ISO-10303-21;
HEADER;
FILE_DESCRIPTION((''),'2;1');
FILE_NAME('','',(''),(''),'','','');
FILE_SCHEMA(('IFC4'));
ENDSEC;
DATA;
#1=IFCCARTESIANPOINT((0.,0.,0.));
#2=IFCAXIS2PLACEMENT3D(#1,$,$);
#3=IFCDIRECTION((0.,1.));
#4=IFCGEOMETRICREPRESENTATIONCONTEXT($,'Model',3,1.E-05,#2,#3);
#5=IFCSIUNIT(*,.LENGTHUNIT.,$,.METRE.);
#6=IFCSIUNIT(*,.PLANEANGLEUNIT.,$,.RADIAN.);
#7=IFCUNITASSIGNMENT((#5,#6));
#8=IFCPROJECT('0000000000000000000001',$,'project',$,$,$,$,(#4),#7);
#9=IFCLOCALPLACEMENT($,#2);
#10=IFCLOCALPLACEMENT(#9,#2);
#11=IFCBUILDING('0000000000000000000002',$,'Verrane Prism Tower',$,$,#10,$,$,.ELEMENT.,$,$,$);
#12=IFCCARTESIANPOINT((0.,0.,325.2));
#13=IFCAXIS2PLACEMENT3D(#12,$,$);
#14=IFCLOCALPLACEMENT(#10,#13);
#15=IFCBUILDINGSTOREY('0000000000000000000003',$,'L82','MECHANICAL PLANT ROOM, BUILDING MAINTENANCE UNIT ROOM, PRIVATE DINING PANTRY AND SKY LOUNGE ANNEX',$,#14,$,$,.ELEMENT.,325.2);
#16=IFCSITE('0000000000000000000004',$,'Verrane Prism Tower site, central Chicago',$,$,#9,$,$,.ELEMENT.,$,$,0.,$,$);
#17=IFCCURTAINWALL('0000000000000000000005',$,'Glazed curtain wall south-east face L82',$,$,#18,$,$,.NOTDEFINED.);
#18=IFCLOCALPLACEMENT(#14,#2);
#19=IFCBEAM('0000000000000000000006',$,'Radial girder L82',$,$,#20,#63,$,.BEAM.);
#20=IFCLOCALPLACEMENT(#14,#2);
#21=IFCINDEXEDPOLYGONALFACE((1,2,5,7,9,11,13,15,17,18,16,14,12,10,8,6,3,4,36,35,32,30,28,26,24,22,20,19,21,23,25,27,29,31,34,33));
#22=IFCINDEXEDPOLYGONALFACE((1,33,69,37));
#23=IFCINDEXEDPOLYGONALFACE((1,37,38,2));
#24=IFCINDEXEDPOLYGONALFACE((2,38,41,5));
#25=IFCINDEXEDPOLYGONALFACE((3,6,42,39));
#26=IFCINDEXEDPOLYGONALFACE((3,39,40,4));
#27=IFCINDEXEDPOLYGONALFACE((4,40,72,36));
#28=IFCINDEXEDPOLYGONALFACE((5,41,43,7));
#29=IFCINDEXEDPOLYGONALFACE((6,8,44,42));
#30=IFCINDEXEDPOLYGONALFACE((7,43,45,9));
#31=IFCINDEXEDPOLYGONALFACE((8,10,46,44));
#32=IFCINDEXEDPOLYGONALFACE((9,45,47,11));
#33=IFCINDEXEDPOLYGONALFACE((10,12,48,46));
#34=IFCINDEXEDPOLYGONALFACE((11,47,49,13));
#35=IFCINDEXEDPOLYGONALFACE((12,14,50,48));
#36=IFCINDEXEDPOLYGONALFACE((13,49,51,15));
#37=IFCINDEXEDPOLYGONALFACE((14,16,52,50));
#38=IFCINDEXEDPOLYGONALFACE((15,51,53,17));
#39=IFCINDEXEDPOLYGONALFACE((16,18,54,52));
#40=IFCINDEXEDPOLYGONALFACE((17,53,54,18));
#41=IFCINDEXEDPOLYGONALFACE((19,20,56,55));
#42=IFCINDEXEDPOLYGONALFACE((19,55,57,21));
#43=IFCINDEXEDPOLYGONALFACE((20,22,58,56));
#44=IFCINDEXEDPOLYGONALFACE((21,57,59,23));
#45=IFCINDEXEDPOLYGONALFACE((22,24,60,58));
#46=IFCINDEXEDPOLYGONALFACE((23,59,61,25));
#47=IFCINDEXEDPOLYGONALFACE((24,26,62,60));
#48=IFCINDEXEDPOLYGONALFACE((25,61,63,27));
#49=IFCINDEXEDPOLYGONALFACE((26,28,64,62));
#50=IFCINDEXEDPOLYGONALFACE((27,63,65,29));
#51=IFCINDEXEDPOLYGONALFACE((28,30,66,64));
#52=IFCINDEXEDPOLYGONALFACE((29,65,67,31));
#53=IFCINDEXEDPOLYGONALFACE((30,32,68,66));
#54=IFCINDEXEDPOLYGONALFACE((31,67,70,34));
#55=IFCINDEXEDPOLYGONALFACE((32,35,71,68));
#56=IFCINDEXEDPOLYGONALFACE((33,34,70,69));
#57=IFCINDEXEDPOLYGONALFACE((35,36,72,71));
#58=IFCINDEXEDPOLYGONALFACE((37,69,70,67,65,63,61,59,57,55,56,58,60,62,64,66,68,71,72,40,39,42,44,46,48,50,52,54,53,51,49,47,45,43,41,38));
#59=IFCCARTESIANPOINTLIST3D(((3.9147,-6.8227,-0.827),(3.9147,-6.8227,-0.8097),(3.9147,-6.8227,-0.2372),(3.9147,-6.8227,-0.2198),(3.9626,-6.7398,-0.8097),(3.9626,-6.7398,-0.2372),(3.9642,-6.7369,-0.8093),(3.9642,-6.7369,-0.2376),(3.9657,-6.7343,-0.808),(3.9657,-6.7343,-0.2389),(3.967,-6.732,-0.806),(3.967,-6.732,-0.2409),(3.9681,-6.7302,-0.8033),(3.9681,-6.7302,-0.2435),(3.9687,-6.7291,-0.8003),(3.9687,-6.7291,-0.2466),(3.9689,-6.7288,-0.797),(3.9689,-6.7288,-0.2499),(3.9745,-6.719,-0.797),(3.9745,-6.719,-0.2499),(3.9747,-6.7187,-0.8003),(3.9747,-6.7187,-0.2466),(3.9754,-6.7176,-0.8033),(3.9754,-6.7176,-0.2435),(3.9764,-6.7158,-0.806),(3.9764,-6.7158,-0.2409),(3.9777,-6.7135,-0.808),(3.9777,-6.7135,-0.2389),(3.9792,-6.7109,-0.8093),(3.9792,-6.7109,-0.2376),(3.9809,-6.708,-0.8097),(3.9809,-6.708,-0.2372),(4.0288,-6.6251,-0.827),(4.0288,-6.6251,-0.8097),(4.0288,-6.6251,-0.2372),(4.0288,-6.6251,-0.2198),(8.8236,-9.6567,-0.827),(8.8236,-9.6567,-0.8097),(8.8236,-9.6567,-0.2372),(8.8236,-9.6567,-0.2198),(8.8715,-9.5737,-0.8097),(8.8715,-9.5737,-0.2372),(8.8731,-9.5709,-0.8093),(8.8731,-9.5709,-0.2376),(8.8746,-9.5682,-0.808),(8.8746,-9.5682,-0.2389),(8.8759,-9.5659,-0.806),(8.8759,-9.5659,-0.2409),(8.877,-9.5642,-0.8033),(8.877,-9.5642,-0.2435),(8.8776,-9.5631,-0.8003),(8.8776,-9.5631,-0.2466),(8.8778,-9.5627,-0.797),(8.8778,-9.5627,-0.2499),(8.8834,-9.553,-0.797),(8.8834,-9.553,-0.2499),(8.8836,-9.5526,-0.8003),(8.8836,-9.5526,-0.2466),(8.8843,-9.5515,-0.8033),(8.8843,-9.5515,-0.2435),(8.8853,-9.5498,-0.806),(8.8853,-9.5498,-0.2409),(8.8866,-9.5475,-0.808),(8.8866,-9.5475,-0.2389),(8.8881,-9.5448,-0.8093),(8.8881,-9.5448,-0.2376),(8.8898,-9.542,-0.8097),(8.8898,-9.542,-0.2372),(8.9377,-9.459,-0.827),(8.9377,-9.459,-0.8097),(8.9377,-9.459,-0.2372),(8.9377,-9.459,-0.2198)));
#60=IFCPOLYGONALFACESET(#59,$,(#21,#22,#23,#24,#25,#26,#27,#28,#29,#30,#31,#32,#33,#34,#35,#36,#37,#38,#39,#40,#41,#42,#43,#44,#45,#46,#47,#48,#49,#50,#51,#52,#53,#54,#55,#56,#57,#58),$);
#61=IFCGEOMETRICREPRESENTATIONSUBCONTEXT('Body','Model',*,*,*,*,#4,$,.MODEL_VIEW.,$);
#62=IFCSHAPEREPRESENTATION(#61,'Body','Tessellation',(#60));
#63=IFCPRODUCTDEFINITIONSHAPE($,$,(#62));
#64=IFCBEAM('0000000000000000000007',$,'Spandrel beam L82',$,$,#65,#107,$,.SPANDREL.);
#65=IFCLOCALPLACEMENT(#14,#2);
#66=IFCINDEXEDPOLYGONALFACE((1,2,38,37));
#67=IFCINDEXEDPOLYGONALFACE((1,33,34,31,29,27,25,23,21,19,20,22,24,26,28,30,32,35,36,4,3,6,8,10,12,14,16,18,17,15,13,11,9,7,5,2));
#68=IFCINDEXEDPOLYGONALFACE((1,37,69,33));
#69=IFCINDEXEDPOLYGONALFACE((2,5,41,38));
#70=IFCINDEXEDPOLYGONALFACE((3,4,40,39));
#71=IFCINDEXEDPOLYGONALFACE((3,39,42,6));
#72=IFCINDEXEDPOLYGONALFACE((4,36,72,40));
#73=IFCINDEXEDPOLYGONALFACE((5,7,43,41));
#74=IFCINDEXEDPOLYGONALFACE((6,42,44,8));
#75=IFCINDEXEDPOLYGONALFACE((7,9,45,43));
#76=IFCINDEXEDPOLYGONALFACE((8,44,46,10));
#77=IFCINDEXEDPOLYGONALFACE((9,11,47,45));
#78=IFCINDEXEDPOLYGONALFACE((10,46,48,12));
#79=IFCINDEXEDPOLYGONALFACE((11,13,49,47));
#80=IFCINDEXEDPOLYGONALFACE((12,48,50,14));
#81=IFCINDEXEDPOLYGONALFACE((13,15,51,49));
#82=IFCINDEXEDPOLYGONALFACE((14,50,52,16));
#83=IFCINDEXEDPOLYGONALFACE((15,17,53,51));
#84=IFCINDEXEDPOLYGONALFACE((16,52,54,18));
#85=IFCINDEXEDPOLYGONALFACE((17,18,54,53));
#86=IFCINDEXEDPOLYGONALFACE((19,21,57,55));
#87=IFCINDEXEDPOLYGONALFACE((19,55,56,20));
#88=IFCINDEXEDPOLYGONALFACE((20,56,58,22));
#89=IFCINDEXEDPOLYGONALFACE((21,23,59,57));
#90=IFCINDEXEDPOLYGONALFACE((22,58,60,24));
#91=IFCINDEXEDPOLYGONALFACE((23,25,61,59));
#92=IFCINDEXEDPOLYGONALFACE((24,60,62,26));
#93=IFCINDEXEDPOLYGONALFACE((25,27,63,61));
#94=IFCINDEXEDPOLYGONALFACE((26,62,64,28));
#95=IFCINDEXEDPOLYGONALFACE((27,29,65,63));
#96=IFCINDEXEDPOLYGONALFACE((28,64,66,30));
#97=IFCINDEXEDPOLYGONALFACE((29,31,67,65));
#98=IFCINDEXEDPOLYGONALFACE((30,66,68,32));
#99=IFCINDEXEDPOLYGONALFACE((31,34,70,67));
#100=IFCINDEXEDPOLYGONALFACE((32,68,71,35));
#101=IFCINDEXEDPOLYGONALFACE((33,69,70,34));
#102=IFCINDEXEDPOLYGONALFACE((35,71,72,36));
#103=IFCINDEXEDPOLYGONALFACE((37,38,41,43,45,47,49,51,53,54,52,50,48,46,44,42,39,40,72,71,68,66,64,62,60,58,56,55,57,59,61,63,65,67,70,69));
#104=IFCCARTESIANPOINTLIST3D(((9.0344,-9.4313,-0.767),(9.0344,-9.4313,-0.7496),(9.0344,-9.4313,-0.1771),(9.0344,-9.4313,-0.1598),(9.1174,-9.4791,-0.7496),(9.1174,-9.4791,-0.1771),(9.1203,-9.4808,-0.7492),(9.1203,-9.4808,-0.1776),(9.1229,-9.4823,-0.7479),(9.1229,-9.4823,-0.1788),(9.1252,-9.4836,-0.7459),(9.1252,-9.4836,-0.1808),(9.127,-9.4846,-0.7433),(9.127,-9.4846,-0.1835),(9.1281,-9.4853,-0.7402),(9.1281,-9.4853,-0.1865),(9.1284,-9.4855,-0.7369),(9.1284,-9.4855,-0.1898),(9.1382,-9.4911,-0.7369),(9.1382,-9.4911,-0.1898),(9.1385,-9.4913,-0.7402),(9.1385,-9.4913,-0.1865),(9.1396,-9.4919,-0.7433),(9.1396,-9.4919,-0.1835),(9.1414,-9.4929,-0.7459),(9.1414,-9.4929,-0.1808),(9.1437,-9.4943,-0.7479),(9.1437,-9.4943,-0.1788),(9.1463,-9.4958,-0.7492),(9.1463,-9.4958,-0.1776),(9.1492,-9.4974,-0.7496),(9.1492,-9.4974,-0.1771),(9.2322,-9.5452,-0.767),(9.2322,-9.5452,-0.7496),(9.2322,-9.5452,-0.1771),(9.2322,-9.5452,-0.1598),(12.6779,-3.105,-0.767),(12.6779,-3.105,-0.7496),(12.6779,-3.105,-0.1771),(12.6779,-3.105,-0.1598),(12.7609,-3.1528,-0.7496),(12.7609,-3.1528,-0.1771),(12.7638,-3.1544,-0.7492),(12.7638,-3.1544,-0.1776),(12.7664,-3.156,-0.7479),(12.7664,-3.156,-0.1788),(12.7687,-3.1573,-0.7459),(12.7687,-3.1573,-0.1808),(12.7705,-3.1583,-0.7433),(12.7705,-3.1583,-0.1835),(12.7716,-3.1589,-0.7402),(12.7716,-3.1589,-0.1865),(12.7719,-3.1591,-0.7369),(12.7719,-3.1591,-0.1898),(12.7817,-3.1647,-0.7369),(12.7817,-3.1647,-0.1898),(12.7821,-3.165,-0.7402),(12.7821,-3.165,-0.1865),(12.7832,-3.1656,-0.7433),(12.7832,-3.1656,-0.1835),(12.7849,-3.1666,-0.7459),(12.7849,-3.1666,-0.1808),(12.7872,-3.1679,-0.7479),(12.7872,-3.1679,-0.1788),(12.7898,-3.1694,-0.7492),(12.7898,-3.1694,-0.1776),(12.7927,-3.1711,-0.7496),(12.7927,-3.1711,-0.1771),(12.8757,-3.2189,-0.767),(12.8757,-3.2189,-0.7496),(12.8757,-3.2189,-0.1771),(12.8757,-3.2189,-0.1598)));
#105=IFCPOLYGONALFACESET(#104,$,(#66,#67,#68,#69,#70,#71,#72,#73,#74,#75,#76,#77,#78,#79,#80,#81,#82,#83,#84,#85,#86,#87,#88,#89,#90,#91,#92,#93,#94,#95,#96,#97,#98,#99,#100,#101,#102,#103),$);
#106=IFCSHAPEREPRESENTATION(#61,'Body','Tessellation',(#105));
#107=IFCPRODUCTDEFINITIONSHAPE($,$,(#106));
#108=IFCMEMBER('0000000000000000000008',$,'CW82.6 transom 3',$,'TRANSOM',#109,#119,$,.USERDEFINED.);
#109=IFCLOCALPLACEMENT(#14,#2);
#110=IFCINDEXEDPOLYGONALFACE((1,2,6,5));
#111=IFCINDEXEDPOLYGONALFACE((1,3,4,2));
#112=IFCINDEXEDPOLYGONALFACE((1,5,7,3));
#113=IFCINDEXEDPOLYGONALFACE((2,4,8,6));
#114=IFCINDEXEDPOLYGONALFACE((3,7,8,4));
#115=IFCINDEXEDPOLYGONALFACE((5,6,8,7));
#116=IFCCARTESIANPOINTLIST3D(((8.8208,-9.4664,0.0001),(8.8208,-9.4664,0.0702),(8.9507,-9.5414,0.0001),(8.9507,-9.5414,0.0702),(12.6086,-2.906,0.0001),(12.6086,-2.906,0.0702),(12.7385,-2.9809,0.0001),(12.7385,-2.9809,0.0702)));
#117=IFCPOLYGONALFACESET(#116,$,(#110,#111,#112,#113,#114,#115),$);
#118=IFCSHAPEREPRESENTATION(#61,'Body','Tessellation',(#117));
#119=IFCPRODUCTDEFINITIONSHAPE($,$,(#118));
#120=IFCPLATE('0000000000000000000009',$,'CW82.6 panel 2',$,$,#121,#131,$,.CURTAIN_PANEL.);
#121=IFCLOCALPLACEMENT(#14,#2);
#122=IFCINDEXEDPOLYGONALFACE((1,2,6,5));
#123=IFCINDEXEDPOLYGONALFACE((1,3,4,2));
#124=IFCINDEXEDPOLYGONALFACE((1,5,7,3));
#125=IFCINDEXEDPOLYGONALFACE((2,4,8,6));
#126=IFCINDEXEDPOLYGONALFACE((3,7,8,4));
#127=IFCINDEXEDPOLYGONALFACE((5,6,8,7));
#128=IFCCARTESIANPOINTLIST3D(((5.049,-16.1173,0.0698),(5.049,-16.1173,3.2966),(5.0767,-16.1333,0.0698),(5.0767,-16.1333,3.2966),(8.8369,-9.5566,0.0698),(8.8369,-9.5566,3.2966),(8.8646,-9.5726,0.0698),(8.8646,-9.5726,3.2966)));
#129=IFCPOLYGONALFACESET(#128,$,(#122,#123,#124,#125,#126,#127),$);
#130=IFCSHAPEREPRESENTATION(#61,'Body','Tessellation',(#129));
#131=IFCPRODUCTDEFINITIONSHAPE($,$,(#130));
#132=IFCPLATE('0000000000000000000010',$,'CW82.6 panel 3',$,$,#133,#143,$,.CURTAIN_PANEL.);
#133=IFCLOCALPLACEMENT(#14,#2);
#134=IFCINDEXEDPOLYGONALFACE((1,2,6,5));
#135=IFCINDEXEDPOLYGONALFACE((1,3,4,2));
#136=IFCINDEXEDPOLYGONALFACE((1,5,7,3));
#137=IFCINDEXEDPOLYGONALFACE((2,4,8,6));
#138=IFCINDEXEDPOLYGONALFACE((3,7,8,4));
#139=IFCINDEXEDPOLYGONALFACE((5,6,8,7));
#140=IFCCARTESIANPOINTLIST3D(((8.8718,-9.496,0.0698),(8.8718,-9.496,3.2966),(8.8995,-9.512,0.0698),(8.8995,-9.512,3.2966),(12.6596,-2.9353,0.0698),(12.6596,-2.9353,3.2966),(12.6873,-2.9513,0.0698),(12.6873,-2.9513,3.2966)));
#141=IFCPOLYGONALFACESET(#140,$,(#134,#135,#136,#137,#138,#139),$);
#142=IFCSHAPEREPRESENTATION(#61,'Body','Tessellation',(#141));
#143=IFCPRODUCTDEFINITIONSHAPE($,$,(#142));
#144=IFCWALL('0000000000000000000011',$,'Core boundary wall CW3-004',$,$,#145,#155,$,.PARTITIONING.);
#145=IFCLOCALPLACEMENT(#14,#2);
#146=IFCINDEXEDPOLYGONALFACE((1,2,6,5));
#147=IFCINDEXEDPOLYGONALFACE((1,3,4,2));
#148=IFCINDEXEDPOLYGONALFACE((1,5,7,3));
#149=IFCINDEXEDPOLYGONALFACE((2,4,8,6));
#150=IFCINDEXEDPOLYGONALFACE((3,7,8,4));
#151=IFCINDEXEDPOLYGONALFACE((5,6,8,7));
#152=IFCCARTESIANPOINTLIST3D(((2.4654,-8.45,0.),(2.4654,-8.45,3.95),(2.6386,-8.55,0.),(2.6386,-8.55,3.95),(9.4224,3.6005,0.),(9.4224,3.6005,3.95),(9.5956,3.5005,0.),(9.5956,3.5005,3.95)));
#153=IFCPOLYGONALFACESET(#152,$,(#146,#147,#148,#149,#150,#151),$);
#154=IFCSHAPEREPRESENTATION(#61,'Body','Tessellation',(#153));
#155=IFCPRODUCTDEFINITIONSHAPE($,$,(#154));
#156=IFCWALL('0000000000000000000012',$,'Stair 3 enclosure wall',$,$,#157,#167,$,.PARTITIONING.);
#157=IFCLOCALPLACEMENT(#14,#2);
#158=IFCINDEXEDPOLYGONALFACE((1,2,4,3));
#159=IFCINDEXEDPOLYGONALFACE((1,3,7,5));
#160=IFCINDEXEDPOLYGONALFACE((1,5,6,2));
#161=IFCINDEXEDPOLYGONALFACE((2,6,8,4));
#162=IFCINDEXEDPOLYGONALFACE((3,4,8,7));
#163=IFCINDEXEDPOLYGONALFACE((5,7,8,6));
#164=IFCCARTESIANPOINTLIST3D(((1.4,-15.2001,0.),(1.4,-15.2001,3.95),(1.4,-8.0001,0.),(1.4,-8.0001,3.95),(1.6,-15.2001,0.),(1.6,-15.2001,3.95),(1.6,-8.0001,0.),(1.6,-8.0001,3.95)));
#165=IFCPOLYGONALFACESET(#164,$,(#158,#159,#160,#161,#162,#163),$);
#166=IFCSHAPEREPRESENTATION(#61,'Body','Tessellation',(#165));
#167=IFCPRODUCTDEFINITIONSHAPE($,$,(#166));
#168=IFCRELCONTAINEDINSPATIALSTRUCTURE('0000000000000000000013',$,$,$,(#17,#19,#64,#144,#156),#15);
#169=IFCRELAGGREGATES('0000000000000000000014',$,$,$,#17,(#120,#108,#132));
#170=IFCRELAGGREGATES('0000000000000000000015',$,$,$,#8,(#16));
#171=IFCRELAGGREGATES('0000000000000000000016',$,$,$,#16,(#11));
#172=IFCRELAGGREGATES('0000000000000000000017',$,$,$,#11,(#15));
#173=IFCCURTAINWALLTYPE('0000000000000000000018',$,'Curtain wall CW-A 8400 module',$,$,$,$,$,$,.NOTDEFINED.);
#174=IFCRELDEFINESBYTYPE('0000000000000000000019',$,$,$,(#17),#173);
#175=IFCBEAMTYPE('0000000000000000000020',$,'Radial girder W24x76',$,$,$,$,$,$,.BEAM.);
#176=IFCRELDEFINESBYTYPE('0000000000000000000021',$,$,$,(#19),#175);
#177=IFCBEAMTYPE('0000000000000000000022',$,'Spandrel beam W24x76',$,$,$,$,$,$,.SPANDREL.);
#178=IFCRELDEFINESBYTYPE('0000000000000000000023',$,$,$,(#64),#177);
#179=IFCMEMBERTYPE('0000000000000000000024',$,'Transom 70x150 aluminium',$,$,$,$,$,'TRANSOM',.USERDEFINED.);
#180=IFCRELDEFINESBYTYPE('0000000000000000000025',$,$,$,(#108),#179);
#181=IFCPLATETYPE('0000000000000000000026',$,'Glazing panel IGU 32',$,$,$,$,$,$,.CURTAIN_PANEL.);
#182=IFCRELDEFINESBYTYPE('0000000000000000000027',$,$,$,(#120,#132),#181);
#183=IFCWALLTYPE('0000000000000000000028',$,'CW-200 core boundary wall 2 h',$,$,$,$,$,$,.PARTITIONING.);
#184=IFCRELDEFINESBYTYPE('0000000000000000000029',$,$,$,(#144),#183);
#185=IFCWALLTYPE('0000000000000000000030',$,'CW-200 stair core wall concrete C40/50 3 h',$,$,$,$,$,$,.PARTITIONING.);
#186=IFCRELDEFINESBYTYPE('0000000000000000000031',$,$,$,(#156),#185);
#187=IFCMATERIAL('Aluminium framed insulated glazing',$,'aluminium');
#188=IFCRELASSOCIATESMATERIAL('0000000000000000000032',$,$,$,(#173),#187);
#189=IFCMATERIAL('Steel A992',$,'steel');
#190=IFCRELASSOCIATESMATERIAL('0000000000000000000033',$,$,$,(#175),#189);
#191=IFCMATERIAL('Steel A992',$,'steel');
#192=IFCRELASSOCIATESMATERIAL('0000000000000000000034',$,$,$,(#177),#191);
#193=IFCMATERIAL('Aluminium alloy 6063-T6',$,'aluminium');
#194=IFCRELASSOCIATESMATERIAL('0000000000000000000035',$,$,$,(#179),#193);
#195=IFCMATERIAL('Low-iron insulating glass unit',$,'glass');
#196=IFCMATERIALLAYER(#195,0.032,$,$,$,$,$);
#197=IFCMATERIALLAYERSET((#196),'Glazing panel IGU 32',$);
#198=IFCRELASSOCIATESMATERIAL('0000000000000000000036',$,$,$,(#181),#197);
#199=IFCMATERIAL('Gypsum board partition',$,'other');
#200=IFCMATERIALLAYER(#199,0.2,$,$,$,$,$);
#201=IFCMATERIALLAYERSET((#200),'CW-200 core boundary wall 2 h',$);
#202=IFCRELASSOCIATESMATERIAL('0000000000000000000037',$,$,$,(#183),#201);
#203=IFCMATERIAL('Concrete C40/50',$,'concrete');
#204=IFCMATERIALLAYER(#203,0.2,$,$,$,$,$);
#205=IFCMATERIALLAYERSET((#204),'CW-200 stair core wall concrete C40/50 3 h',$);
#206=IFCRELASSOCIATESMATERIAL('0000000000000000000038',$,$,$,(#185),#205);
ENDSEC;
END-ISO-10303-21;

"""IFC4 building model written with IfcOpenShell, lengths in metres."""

from ifc_helpers import new_model, si_unit, direction, frame, frame_2d, origin, origin_2d, place, context, subcontext, project, spatial, rectangle, i_section, extrude, material, layer, layer_set, material_profile, profile_set, type_object, element, aggregate, save


model = new_model("IFC4")

# Units and contexts
model_context = context("Model", 3, precision=1e-05, world=origin(), true_north=direction((0.0, 1.0)))
body_context = subcontext(model_context, "Body", "Model", "MODEL_VIEW")
ifc_project = project(units=[si_unit("LENGTHUNIT", "METRE"), si_unit("PLANEANGLEUNIT", "RADIAN")], contexts=[model_context])

# Site, building, storey
site_placement = place(None, origin())
site = spatial("IfcSite", under=ifc_project, at=site_placement, Name="Verrane Prism Tower site, central Chicago", CompositionType="ELEMENT", RefElevation=0.0)
building_placement = place(site_placement, origin())
building = spatial("IfcBuilding", under=site, at=building_placement, Name="Verrane Prism Tower", CompositionType="ELEMENT")
storey_placement = place(building_placement, frame((0.0, 0.0, 325.2)))
storey = spatial("IfcBuildingStorey", under=building, at=storey_placement, Name="L82", Description="MECHANICAL PLANT ROOM, BUILDING MAINTENANCE UNIT ROOM, PRIVATE DINING PANTRY AND SKY LOUNGE ANNEX", CompositionType="ELEMENT", Elevation=325.2)

# Curtain wall
ifc_material_1 = material(Name="Aluminium framed insulated glazing", Category="aluminium")
curtain_wall_type = type_object("IfcCurtainWallType", Name="Curtain wall CW-A 8400 module", PredefinedType="NOTDEFINED", material=ifc_material_1)
curtain_wall_placement = place(storey_placement, origin())
curtain_wall = element("IfcCurtainWall", 1, at=curtain_wall_placement, inside=storey, type_object=curtain_wall_type, Name="Glazed curtain wall south-east face L82", PredefinedType="NOTDEFINED")

# Beams
ifc_material_2 = material(Name="Steel A992", Category="steel")
ifc_material_profile_1 = material_profile(ifc_material_2, i_section(OverallWidth=0.2283, OverallDepth=0.6072, WebThickness=0.0112, FlangeThickness=0.0173, FilletRadius=0.0127, at=origin_2d()), Name="W24x76")
ifc_profile_set_1 = profile_set([ifc_material_profile_1], Name="Steel A992")
beam_type_1 = type_object("IfcBeamType", Name="Radial girder W24x76", PredefinedType="BEAM", material=ifc_profile_set_1)
beam_1_placement = place(storey_placement, frame((8.8806, -9.5579, -0.5234), z_axis=(-0.86604, 0.499975, 0.0), x_axis=(-0.499975, -0.86604, 0.0)))
element("IfcBeam", 2, at=beam_1_placement, inside=storey, type_object=beam_type_1, Name="Radial girder L82", PredefinedType="BEAM", context=body_context, shape_type="SweptSolid", body=[
    extrude(i_section(OverallWidth=0.2283, OverallDepth=0.6072, WebThickness=0.0112, FlangeThickness=0.0173, FilletRadius=0.0127, at=origin_2d()), origin(), (0.0, 0.0, 1.0), 5.6682),
])
ifc_material_3 = material(Name="Steel A992", Category="steel")
ifc_material_profile_2 = material_profile(ifc_material_3, i_section(OverallWidth=0.2283, OverallDepth=0.6072, WebThickness=0.0112, FlangeThickness=0.0173, FilletRadius=0.0127, at=origin_2d()), Name="W24x76")
ifc_profile_set_2 = profile_set([ifc_material_profile_2], Name="Steel A992")
beam_type_2 = type_object("IfcBeamType", Name="Spandrel beam W24x76", PredefinedType="SPANDREL", material=ifc_profile_set_2)
beam_2_placement = place(storey_placement, frame((9.1333, -9.4883, -0.4634), z_axis=(0.499075, 0.866559, 0.0), x_axis=(-0.866559, 0.499075, 0.0)))
element("IfcBeam", 3, at=beam_2_placement, inside=storey, type_object=beam_type_2, Name="Spandrel beam L82", PredefinedType="SPANDREL", context=body_context, shape_type="SweptSolid", body=[
    extrude(i_section(OverallWidth=0.2283, OverallDepth=0.6072, WebThickness=0.0112, FlangeThickness=0.0173, FilletRadius=0.0127, at=origin_2d()), origin(), (0.0, 0.0, 1.0), 7.3005),
])

# Member
ifc_material_4 = material(Name="Aluminium alloy 6063-T6", Category="aluminium")
ifc_material_profile_3 = material_profile(ifc_material_4, rectangle(XDim=0.1499, YDim=0.0701, at=origin_2d()), Name="Transom 70x150 aluminium")
ifc_profile_set_3 = profile_set([ifc_material_profile_3], Name="Aluminium alloy 6063-T6")
member_type_1 = type_object("IfcMemberType", Name="Transom 70x150 aluminium", ElementType="TRANSOM", PredefinedType="USERDEFINED", material=ifc_profile_set_3)
member_1_placement = place(storey_placement, frame((8.8857, -9.5039, 0.0352), z_axis=(0.500011, 0.866019, 0.0), x_axis=(-0.866019, 0.500011, 0.0)))
member_1 = element("IfcMember", 4, at=member_1_placement, type_object=member_type_1, Name="CW82.6 transom 3", ObjectType="TRANSOM", PredefinedType="USERDEFINED", context=body_context, shape_type="SweptSolid", body=[
    extrude(rectangle(XDim=0.1499, YDim=0.0701, at=origin_2d()), origin(), (0.0, 0.0, 1.0), 7.5754),
])

# Plates
ifc_material_5 = material(Name="Low-iron insulating glass unit", Category="glass")
ifc_layer_1 = layer(ifc_material_5, 0.032)
ifc_layer_set_1 = layer_set([ifc_layer_1], Name="Glazing panel IGU 32")
plate_type = type_object("IfcPlateType", Name="Glazing panel IGU 32", PredefinedType="CURTAIN_PANEL", material=ifc_layer_set_1)
plate_1_placement = place(storey_placement, frame((6.9568, -12.845, 0.0698), z_axis=(0.0, 0.0, 1.0), x_axis=(0.5, 0.866025, 0.0)))
plate_1 = element("IfcPlate", 5, at=plate_1_placement, type_object=plate_type, Name="CW82.6 panel 2", PredefinedType="CURTAIN_PANEL", context=body_context, shape_type="SweptSolid", body=[
    extrude(rectangle(XDim=7.5757, YDim=0.032, at=origin_2d()), origin(), (0.0, 0.0, 1.0), 3.2268),
])
plate_2_placement = place(storey_placement, frame((10.7795, -6.2236, 0.0698), z_axis=(0.0, 0.0, 1.0), x_axis=(0.5, 0.866025, 0.0)))
plate_2 = element("IfcPlate", 6, at=plate_2_placement, type_object=plate_type, Name="CW82.6 panel 3", PredefinedType="CURTAIN_PANEL", context=body_context, shape_type="SweptSolid", body=[
    extrude(rectangle(XDim=7.5757, YDim=0.032, at=origin_2d()), origin(), (0.0, 0.0, 1.0), 3.2268),
])
aggregate(curtain_wall, [plate_1, member_1, plate_2])

# Walls
ifc_material_6 = material(Name="Gypsum board partition", Category="other")
ifc_layer_2 = layer(ifc_material_6, 0.2)
ifc_layer_set_2 = layer_set([ifc_layer_2], Name="CW-200 core boundary wall 2 h")
wall_type_1 = type_object("IfcWallType", Name="CW-200 core boundary wall 2 h", PredefinedType="PARTITIONING", material=ifc_layer_set_2)
wall_1_placement = place(storey_placement, frame((2.552, -8.5, 0.0), z_axis=(0.0, 0.0, 1.0), x_axis=(0.499981, 0.866036, 0.0)))
element("IfcWall", 7, at=wall_1_placement, inside=storey, type_object=wall_type_1, Name="Core boundary wall CW3-004", PredefinedType="PARTITIONING", context=body_context, shape_type="SweptSolid", body=[
    extrude(rectangle(XDim=13.9146, YDim=0.2, at=frame_2d((6.9573, 0.0))), origin(), (0.0, 0.0, 1.0), 3.95),
])
ifc_material_7 = material(Name="Concrete C40/50", Category="concrete")
ifc_layer_3 = layer(ifc_material_7, 0.2)
ifc_layer_set_3 = layer_set([ifc_layer_3], Name="CW-200 stair core wall concrete C40/50 3 h")
wall_type_2 = type_object("IfcWallType", Name="CW-200 stair core wall concrete C40/50 3 h", PredefinedType="PARTITIONING", material=ifc_layer_set_3)
wall_2_placement = place(storey_placement, frame((1.5, -8.0, 0.0), z_axis=(0.0, 0.0, 1.0), x_axis=(0.0, -1.0, 0.0)))
element("IfcWall", 8, at=wall_2_placement, inside=storey, type_object=wall_type_2, Name="Stair 3 enclosure wall", PredefinedType="PARTITIONING", context=body_context, shape_type="SweptSolid", body=[
    extrude(rectangle(XDim=7.2, YDim=0.2, at=frame_2d((3.6001, 0.0))), origin(), (0.0, 0.0, 1.0), 3.95),
])

save(model, "model.ifc")
